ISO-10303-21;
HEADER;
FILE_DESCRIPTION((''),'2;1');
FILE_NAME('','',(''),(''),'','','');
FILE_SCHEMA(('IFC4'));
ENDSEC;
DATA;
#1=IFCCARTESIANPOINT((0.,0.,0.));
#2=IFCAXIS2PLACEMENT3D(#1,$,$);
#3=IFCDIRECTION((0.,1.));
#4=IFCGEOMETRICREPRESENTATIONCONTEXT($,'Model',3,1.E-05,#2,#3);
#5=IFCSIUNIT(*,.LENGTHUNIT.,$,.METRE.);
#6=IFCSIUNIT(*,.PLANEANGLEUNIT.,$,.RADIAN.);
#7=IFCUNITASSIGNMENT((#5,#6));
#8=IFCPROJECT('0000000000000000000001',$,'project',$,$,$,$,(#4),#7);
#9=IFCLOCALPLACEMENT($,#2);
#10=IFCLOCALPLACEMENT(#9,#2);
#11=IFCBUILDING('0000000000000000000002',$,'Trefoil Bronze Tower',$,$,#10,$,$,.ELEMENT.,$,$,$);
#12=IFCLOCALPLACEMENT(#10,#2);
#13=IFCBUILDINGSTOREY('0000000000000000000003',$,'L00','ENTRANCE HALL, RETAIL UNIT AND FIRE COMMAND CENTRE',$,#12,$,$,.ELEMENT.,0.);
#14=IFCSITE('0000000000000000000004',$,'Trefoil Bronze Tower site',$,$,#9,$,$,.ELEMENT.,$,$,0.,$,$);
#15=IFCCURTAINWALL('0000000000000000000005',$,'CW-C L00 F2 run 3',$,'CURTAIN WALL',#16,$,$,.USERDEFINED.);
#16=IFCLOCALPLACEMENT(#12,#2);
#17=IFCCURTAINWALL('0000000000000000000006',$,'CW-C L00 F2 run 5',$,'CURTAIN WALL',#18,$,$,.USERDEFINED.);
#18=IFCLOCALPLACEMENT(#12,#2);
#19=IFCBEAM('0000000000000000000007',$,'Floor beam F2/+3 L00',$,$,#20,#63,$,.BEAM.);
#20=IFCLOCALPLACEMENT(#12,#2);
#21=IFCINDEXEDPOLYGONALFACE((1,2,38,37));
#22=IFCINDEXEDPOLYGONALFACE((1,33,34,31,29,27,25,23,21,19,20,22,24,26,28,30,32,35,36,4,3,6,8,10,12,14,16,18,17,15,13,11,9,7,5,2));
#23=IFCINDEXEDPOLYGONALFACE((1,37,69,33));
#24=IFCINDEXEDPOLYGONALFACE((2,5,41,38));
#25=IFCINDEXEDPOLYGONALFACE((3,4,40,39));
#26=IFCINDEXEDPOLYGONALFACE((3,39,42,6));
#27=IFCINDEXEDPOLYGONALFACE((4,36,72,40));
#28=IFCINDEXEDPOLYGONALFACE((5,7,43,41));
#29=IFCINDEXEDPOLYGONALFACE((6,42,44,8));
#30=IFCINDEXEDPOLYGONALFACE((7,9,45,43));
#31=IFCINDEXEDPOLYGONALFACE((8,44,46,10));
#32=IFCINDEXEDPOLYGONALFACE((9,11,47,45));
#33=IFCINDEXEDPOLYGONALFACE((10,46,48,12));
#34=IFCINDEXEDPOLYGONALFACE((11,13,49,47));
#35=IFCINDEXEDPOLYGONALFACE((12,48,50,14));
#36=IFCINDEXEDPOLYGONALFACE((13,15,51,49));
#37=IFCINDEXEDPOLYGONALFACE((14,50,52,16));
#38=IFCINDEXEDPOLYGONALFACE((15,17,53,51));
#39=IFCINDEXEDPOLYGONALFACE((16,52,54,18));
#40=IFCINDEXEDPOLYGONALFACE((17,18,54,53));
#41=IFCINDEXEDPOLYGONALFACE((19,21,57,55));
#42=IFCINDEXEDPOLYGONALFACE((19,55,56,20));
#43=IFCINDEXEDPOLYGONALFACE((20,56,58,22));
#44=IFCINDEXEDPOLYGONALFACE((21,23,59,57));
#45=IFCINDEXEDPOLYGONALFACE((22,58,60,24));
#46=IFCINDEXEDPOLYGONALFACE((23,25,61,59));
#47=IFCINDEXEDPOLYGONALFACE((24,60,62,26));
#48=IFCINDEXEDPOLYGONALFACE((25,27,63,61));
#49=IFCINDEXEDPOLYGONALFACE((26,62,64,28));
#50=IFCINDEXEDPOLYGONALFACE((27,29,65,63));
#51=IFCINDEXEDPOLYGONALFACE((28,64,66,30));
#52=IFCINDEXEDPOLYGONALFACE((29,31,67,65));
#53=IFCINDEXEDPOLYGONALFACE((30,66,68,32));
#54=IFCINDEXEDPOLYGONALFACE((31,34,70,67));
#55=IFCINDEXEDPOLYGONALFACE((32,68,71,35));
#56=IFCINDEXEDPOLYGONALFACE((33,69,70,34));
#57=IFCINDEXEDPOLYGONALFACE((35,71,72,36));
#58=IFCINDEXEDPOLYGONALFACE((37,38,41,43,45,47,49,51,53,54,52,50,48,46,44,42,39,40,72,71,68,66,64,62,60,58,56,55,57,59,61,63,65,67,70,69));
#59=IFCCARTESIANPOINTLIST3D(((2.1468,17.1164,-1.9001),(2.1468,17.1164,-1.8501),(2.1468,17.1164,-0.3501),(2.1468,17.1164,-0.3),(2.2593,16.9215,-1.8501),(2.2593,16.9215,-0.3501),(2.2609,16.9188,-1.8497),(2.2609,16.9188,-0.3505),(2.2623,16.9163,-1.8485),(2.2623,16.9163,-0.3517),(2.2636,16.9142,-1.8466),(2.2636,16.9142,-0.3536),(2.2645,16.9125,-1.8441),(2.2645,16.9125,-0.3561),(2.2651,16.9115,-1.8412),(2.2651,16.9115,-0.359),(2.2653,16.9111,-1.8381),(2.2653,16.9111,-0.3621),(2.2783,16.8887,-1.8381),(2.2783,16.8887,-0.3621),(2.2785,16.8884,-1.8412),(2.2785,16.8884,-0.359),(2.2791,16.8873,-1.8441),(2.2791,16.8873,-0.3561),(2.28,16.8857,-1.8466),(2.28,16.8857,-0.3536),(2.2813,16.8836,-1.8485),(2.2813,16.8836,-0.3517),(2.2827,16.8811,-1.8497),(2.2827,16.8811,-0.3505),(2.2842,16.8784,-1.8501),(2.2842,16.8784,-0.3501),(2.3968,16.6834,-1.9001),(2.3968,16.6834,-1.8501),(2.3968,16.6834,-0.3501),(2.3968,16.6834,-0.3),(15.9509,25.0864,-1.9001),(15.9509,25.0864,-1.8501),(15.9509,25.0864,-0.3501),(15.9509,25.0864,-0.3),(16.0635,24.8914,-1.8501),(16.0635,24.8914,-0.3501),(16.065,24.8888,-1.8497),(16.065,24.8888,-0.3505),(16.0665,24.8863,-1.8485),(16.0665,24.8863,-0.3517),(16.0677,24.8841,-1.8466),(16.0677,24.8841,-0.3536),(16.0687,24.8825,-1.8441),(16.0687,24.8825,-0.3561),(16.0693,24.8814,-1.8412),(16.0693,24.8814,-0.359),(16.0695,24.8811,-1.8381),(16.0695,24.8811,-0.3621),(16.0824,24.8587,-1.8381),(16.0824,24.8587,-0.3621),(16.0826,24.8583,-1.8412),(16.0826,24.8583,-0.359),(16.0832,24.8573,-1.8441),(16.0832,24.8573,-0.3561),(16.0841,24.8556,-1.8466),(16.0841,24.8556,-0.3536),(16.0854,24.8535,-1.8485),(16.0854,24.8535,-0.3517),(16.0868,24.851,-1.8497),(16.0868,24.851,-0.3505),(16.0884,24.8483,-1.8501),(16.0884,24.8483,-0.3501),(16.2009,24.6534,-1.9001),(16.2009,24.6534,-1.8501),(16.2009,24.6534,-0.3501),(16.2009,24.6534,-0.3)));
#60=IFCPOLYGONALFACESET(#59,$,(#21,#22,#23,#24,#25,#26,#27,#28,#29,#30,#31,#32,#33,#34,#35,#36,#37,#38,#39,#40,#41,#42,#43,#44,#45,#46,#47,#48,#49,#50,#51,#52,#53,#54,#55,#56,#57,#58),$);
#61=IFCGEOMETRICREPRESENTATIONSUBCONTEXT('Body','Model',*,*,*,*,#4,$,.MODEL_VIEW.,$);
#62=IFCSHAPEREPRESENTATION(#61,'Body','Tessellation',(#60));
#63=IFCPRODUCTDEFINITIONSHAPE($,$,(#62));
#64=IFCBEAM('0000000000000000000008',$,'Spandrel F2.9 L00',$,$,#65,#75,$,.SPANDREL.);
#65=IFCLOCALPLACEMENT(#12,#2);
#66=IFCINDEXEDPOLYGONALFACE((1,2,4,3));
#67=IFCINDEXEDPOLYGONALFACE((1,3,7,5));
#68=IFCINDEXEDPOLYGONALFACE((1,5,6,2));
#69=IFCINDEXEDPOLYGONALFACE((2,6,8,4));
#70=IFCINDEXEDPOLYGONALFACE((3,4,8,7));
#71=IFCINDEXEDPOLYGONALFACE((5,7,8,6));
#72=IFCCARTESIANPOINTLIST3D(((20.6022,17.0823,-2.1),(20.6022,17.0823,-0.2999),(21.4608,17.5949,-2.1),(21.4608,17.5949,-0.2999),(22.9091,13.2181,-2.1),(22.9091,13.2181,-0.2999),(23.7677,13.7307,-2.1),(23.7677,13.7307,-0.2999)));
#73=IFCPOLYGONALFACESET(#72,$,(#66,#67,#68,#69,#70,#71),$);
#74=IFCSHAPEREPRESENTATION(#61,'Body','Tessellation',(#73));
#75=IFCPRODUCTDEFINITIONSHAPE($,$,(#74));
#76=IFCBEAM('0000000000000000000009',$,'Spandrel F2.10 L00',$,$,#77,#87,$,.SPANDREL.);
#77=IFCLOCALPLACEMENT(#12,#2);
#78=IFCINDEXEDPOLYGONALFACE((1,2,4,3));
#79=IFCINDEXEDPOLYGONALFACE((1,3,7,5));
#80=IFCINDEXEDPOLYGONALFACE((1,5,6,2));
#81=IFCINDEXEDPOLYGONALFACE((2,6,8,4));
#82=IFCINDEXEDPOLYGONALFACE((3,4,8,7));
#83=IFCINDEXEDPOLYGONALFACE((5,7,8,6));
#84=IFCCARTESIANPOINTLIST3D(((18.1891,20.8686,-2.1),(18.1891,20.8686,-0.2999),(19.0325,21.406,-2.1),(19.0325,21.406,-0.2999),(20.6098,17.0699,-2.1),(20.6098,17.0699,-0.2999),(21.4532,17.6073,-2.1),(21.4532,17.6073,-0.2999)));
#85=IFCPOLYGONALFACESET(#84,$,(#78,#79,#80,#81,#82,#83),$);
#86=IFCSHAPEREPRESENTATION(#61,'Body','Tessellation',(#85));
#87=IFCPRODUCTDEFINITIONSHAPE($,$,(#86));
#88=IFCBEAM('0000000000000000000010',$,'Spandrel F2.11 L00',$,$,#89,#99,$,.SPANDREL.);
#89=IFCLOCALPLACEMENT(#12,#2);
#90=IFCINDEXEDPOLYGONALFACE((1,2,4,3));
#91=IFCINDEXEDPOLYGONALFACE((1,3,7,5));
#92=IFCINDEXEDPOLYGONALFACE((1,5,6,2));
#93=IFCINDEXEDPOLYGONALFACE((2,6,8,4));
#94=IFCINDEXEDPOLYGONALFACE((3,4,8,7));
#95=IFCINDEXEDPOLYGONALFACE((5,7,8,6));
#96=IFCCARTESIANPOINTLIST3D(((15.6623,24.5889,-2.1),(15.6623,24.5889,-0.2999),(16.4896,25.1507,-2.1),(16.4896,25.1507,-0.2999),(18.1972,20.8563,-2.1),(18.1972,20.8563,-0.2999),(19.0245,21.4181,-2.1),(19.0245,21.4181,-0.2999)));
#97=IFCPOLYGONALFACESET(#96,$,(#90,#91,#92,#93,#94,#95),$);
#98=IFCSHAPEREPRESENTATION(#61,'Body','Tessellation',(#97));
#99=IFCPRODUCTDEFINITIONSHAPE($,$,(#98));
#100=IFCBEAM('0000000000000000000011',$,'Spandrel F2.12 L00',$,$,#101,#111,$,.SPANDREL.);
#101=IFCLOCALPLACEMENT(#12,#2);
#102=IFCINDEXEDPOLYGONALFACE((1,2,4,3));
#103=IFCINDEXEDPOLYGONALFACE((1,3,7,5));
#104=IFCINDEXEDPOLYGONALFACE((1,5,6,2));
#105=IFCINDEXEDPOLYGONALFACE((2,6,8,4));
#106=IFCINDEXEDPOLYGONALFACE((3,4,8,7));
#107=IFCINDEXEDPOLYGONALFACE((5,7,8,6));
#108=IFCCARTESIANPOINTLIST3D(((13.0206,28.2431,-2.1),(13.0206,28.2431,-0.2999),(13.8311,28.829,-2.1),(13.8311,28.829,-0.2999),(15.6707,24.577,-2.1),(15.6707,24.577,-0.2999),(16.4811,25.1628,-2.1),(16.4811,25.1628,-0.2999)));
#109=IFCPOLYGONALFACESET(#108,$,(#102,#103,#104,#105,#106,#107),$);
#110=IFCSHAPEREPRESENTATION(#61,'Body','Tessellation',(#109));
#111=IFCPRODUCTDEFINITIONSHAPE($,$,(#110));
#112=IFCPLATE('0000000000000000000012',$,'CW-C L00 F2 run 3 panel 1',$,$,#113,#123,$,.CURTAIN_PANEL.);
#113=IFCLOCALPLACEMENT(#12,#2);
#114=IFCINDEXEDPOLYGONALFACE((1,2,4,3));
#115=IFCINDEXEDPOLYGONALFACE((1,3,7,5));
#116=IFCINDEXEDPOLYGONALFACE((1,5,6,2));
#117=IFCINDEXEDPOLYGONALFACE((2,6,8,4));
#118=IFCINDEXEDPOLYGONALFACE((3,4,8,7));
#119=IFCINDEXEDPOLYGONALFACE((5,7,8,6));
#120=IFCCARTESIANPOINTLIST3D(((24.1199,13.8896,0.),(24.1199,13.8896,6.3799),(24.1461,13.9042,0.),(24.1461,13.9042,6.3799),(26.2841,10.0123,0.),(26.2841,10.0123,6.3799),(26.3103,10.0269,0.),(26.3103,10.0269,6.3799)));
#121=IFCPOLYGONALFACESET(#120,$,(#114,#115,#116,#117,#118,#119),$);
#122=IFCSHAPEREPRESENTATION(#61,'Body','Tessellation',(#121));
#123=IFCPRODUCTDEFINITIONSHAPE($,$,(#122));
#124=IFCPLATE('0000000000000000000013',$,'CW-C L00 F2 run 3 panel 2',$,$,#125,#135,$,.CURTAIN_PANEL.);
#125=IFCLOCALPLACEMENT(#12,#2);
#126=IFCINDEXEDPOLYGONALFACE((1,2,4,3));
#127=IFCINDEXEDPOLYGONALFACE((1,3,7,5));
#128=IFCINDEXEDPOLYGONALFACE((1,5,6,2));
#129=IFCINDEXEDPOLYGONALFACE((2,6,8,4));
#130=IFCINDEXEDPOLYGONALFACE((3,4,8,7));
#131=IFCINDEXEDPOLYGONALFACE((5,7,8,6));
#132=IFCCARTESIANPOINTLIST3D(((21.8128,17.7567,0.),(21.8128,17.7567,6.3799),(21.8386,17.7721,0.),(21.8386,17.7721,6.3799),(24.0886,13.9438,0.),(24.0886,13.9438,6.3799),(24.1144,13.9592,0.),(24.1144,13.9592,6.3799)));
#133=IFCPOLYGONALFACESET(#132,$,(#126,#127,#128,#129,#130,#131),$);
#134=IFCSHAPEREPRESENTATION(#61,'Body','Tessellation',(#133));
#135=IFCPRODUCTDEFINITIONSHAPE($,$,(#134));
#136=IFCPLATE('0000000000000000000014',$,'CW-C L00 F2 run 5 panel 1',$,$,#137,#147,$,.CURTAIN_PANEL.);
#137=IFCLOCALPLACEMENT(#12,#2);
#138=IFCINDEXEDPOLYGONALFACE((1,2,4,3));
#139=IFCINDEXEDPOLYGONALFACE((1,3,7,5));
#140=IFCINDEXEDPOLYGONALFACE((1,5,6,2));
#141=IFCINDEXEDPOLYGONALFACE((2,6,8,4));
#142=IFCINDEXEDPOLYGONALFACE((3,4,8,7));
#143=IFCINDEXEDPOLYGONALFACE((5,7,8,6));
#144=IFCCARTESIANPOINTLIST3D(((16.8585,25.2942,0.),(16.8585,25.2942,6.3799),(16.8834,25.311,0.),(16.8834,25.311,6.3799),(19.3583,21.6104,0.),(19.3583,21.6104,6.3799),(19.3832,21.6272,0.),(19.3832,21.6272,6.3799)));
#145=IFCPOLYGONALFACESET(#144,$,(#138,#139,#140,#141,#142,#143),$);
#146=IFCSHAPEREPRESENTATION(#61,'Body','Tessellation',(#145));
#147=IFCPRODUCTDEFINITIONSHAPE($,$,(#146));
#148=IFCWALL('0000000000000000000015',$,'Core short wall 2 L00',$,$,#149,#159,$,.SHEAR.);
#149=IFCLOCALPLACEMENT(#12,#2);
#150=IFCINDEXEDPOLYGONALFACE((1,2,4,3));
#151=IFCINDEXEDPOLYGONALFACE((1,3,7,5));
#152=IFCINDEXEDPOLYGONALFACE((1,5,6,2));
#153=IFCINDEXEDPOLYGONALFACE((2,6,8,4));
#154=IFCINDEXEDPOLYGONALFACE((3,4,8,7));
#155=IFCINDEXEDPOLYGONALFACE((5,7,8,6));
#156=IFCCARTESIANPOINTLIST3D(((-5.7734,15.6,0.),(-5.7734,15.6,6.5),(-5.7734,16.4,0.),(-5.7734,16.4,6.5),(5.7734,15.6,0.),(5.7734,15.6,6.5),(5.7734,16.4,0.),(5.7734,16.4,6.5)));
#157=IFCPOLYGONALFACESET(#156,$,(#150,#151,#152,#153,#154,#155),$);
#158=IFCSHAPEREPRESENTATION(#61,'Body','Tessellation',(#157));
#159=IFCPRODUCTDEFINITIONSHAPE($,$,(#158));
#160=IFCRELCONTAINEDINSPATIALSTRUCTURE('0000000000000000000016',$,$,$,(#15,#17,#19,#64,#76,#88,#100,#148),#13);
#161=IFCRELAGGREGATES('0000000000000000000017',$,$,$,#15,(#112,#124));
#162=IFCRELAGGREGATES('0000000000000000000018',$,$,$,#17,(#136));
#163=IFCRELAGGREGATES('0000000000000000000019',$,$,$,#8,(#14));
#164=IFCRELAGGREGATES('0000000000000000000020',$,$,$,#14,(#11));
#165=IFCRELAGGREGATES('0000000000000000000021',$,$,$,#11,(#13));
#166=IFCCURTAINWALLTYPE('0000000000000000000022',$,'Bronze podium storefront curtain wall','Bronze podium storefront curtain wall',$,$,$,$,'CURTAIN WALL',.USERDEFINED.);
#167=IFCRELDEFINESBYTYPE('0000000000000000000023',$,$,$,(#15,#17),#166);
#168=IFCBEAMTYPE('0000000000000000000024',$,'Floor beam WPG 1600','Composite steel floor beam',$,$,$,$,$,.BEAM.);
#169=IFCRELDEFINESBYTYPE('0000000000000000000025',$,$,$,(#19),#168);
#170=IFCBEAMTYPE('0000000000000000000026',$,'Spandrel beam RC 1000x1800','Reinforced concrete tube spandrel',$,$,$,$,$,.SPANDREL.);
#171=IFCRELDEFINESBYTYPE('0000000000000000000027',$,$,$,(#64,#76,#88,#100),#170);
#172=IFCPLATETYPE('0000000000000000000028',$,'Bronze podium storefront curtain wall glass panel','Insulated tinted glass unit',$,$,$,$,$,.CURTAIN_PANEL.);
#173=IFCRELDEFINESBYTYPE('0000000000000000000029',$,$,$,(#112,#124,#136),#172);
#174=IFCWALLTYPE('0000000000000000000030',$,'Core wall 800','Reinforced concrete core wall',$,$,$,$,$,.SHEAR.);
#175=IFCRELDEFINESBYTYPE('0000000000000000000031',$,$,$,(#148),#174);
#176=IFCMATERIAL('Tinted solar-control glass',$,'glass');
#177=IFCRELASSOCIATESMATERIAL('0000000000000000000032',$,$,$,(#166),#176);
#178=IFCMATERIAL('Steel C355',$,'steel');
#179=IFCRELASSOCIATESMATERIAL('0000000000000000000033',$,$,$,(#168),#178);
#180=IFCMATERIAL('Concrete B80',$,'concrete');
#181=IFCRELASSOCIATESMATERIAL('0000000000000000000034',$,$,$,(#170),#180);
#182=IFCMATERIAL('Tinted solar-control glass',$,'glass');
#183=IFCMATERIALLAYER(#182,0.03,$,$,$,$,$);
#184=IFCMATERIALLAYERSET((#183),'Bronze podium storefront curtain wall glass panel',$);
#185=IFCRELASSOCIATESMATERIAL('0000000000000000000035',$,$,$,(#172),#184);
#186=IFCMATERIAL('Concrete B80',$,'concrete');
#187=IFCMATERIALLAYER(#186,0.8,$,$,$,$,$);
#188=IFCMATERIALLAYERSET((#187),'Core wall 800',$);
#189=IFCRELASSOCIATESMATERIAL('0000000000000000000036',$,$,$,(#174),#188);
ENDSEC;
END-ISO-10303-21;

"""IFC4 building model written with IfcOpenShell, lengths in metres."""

from ifc_helpers import new_model, si_unit, direction, frame, frame_2d, origin, origin_2d, place, context, subcontext, project, spatial, rectangle, i_section, extrude, material, layer, layer_set, material_profile, profile_set, type_object, element, aggregate, save


model = new_model("IFC4")

# Units and contexts
model_context = context("Model", 3, precision=1e-05, world=origin(), true_north=direction((0.0, 1.0)))
body_context = subcontext(model_context, "Body", "Model", "MODEL_VIEW")
ifc_project = project(units=[si_unit("LENGTHUNIT", "METRE"), si_unit("PLANEANGLEUNIT", "RADIAN")], contexts=[model_context])

# Site, building, storey
site_placement = place(None, origin())
site = spatial("IfcSite", under=ifc_project, at=site_placement, Name="Trefoil Bronze Tower site", CompositionType="ELEMENT", RefElevation=0.0)
building_placement = place(site_placement, origin())
building = spatial("IfcBuilding", under=site, at=building_placement, Name="Trefoil Bronze Tower", CompositionType="ELEMENT")
storey_placement = place(building_placement, origin())
storey = spatial("IfcBuildingStorey", under=building, at=storey_placement, Name="L00", Description="ENTRANCE HALL, RETAIL UNIT AND FIRE COMMAND CENTRE", CompositionType="ELEMENT", Elevation=0.0)

# Curtain wall
ifc_material_1 = material(Name="Tinted solar-control glass", Category="glass")
curtain_wall_type = type_object("IfcCurtainWallType", Name="Bronze podium storefront curtain wall", Description="Bronze podium storefront curtain wall", ElementType="CURTAIN WALL", PredefinedType="USERDEFINED", material=ifc_material_1)
curtain_wall_1_placement = place(storey_placement, origin())
curtain_wall_1 = element("IfcCurtainWall", 1, at=curtain_wall_1_placement, inside=storey, type_object=curtain_wall_type, Name="CW-C L00 F2 run 3", ObjectType="CURTAIN WALL", PredefinedType="USERDEFINED")

# Curtain wall
curtain_wall_2_placement = place(storey_placement, origin())
curtain_wall_2 = element("IfcCurtainWall", 2, at=curtain_wall_2_placement, inside=storey, type_object=curtain_wall_type, Name="CW-C L00 F2 run 5", ObjectType="CURTAIN WALL", PredefinedType="USERDEFINED")

# Beams
ifc_material_2 = material(Name="Steel C355", Category="steel")
ifc_material_profile_1 = material_profile(ifc_material_2, i_section(OverallWidth=0.5, OverallDepth=1.6001, WebThickness=0.0259, FlangeThickness=0.05, FilletRadius=0.012, at=origin_2d()), Name="WPG 1600")
ifc_profile_set_1 = profile_set([ifc_material_profile_1], Name="Steel C355")
beam_type_1 = type_object("IfcBeamType", Name="Floor beam WPG 1600", Description="Composite steel floor beam", PredefinedType="BEAM", material=ifc_profile_set_1)
beam_1_placement = place(storey_placement, frame((16.0759, 24.8699, -1.1001), z_axis=(-0.866022, -0.500005, 0.0), x_axis=(0.500005, -0.866022, 0.0)))
element("IfcBeam", 3, at=beam_1_placement, inside=storey, type_object=beam_type_1, Name="Floor beam F2/+3 L00", PredefinedType="BEAM", context=body_context, shape_type="SweptSolid", body=[
    extrude(i_section(OverallWidth=0.5, OverallDepth=1.6001, WebThickness=0.0259, FlangeThickness=0.05, FilletRadius=0.012, at=origin_2d()), origin(), (0.0, 0.0, 1.0), 15.9397),
])
ifc_material_3 = material(Name="Concrete B80", Category="concrete")
ifc_material_profile_2 = material_profile(ifc_material_3, rectangle(XDim=1.0, YDim=1.8, at=origin_2d()), Name="RC 1000x1800")
ifc_profile_set_2 = profile_set([ifc_material_profile_2], Name="Concrete B80")
beam_type_2 = type_object("IfcBeamType", Name="Spandrel beam RC 1000x1800", Description="Reinforced concrete tube spandrel", PredefinedType="SPANDREL", material=ifc_profile_set_2)
beam_2_placement = place(storey_placement, frame((23.3384, 13.4744, -1.2), z_axis=(-0.512588, 0.858635, 0.0), x_axis=(-0.858635, -0.512588, 0.0)))
element("IfcBeam", 4, at=beam_2_placement, inside=storey, type_object=beam_type_2, Name="Spandrel F2.9 L00", PredefinedType="SPANDREL", context=body_context, shape_type="SweptSolid", body=[
    extrude(rectangle(XDim=1.0, YDim=1.8, at=origin_2d()), origin(), (0.0, 0.0, 1.0), 4.5005),
])
beam_3_placement = place(storey_placement, frame((21.0315, 17.3386, -1.2), z_axis=(-0.537408, 0.843322, 0.0), x_axis=(-0.843322, -0.537408, 0.0)))
element("IfcBeam", 5, at=beam_3_placement, inside=storey, type_object=beam_type_2, Name="Spandrel F2.10 L00", PredefinedType="SPANDREL", context=body_context, shape_type="SweptSolid", body=[
    extrude(rectangle(XDim=1.0, YDim=1.8, at=origin_2d()), origin(), (0.0, 0.0, 1.0), 4.5044),
])
beam_4_placement = place(storey_placement, frame((18.6108, 21.1372, -1.2), z_axis=(-0.56181, 0.827267, 0.0), x_axis=(-0.827267, -0.56181, 0.0)))
element("IfcBeam", 6, at=beam_4_placement, inside=storey, type_object=beam_type_2, Name="Spandrel F2.11 L00", PredefinedType="SPANDREL", context=body_context, shape_type="SweptSolid", body=[
    extrude(rectangle(XDim=1.0, YDim=1.8, at=origin_2d()), origin(), (0.0, 0.0, 1.0), 4.512),
])
beam_5_placement = place(storey_placement, frame((16.0759, 24.8699, -1.2), z_axis=(-0.585824, 0.810439, 0.0), x_axis=(-0.810439, -0.585824, 0.0)))
element("IfcBeam", 7, at=beam_5_placement, inside=storey, type_object=beam_type_2, Name="Spandrel F2.12 L00", PredefinedType="SPANDREL", context=body_context, shape_type="SweptSolid", body=[
    extrude(rectangle(XDim=1.0, YDim=1.8, at=origin_2d()), origin(), (0.0, 0.0, 1.0), 4.5237),
])

# Plates
ifc_material_4 = material(Name="Tinted solar-control glass", Category="glass")
ifc_layer_1 = layer(ifc_material_4, 0.03)
ifc_layer_set_1 = layer_set([ifc_layer_1], Name="Bronze podium storefront curtain wall glass panel")
plate_type = type_object("IfcPlateType", Name="Bronze podium storefront curtain wall glass panel", Description="Insulated tinted glass unit", PredefinedType="CURTAIN_PANEL", material=ifc_layer_set_1)
plate_1_placement = place(storey_placement, frame((25.2151, 11.9583, 0.0), z_axis=(0.0, 0.0, 1.0), x_axis=(-0.487382, 0.873189, 0.0)))
plate_1 = element("IfcPlate", 8, at=plate_1_placement, type_object=plate_type, Name="CW-C L00 F2 run 3 panel 1", PredefinedType="CURTAIN_PANEL", context=body_context, shape_type="SweptSolid", body=[
    extrude(rectangle(XDim=4.4404, YDim=0.03, at=origin_2d()), origin(), (0.0, 0.0, 1.0), 6.3799),
])
plate_2_placement = place(storey_placement, frame((22.9636, 15.8579, 0.0), z_axis=(0.0, 0.0, 1.0), x_axis=(-0.512513, 0.85868, 0.0)))
plate_2 = element("IfcPlate", 9, at=plate_2_placement, type_object=plate_type, Name="CW-C L00 F2 run 3 panel 2", PredefinedType="CURTAIN_PANEL", context=body_context, shape_type="SweptSolid", body=[
    extrude(rectangle(XDim=4.4404, YDim=0.03, at=origin_2d()), origin(), (0.0, 0.0, 1.0), 6.3799),
])
aggregate(curtain_wall_1, [plate_1, plate_2])
plate_3_placement = place(storey_placement, frame((18.1208, 23.4607, 0.0), z_axis=(0.0, 0.0, 1.0), x_axis=(-0.56151, 0.82747, 0.0)))
plate_3 = element("IfcPlate", 10, at=plate_3_placement, type_object=plate_type, Name="CW-C L00 F2 run 5 panel 1", PredefinedType="CURTAIN_PANEL", context=body_context, shape_type="SweptSolid", body=[
    extrude(rectangle(XDim=4.4519, YDim=0.03, at=origin_2d()), origin(), (0.0, 0.0, 1.0), 6.3799),
])
aggregate(curtain_wall_2, [plate_3])

# Wall
ifc_material_5 = material(Name="Concrete B80", Category="concrete")
ifc_layer_2 = layer(ifc_material_5, 0.8)
ifc_layer_set_2 = layer_set([ifc_layer_2], Name="Core wall 800")
wall_type_1 = type_object("IfcWallType", Name="Core wall 800", Description="Reinforced concrete core wall", PredefinedType="SHEAR", material=ifc_layer_set_2)
wall_1_placement = place(storey_placement, frame((5.7734, 16.0, 0.0), z_axis=(0.0, 0.0, 1.0), x_axis=(-1.0, 0.0, 0.0)))
element("IfcWall", 11, at=wall_1_placement, inside=storey, type_object=wall_type_1, Name="Core short wall 2 L00", PredefinedType="SHEAR", context=body_context, shape_type="SweptSolid", body=[
    extrude(rectangle(XDim=11.5469, YDim=0.8, at=frame_2d((5.7734, 0.0))), origin(), (0.0, 0.0, 1.0), 6.5),
])

save(model, "model.ifc")
